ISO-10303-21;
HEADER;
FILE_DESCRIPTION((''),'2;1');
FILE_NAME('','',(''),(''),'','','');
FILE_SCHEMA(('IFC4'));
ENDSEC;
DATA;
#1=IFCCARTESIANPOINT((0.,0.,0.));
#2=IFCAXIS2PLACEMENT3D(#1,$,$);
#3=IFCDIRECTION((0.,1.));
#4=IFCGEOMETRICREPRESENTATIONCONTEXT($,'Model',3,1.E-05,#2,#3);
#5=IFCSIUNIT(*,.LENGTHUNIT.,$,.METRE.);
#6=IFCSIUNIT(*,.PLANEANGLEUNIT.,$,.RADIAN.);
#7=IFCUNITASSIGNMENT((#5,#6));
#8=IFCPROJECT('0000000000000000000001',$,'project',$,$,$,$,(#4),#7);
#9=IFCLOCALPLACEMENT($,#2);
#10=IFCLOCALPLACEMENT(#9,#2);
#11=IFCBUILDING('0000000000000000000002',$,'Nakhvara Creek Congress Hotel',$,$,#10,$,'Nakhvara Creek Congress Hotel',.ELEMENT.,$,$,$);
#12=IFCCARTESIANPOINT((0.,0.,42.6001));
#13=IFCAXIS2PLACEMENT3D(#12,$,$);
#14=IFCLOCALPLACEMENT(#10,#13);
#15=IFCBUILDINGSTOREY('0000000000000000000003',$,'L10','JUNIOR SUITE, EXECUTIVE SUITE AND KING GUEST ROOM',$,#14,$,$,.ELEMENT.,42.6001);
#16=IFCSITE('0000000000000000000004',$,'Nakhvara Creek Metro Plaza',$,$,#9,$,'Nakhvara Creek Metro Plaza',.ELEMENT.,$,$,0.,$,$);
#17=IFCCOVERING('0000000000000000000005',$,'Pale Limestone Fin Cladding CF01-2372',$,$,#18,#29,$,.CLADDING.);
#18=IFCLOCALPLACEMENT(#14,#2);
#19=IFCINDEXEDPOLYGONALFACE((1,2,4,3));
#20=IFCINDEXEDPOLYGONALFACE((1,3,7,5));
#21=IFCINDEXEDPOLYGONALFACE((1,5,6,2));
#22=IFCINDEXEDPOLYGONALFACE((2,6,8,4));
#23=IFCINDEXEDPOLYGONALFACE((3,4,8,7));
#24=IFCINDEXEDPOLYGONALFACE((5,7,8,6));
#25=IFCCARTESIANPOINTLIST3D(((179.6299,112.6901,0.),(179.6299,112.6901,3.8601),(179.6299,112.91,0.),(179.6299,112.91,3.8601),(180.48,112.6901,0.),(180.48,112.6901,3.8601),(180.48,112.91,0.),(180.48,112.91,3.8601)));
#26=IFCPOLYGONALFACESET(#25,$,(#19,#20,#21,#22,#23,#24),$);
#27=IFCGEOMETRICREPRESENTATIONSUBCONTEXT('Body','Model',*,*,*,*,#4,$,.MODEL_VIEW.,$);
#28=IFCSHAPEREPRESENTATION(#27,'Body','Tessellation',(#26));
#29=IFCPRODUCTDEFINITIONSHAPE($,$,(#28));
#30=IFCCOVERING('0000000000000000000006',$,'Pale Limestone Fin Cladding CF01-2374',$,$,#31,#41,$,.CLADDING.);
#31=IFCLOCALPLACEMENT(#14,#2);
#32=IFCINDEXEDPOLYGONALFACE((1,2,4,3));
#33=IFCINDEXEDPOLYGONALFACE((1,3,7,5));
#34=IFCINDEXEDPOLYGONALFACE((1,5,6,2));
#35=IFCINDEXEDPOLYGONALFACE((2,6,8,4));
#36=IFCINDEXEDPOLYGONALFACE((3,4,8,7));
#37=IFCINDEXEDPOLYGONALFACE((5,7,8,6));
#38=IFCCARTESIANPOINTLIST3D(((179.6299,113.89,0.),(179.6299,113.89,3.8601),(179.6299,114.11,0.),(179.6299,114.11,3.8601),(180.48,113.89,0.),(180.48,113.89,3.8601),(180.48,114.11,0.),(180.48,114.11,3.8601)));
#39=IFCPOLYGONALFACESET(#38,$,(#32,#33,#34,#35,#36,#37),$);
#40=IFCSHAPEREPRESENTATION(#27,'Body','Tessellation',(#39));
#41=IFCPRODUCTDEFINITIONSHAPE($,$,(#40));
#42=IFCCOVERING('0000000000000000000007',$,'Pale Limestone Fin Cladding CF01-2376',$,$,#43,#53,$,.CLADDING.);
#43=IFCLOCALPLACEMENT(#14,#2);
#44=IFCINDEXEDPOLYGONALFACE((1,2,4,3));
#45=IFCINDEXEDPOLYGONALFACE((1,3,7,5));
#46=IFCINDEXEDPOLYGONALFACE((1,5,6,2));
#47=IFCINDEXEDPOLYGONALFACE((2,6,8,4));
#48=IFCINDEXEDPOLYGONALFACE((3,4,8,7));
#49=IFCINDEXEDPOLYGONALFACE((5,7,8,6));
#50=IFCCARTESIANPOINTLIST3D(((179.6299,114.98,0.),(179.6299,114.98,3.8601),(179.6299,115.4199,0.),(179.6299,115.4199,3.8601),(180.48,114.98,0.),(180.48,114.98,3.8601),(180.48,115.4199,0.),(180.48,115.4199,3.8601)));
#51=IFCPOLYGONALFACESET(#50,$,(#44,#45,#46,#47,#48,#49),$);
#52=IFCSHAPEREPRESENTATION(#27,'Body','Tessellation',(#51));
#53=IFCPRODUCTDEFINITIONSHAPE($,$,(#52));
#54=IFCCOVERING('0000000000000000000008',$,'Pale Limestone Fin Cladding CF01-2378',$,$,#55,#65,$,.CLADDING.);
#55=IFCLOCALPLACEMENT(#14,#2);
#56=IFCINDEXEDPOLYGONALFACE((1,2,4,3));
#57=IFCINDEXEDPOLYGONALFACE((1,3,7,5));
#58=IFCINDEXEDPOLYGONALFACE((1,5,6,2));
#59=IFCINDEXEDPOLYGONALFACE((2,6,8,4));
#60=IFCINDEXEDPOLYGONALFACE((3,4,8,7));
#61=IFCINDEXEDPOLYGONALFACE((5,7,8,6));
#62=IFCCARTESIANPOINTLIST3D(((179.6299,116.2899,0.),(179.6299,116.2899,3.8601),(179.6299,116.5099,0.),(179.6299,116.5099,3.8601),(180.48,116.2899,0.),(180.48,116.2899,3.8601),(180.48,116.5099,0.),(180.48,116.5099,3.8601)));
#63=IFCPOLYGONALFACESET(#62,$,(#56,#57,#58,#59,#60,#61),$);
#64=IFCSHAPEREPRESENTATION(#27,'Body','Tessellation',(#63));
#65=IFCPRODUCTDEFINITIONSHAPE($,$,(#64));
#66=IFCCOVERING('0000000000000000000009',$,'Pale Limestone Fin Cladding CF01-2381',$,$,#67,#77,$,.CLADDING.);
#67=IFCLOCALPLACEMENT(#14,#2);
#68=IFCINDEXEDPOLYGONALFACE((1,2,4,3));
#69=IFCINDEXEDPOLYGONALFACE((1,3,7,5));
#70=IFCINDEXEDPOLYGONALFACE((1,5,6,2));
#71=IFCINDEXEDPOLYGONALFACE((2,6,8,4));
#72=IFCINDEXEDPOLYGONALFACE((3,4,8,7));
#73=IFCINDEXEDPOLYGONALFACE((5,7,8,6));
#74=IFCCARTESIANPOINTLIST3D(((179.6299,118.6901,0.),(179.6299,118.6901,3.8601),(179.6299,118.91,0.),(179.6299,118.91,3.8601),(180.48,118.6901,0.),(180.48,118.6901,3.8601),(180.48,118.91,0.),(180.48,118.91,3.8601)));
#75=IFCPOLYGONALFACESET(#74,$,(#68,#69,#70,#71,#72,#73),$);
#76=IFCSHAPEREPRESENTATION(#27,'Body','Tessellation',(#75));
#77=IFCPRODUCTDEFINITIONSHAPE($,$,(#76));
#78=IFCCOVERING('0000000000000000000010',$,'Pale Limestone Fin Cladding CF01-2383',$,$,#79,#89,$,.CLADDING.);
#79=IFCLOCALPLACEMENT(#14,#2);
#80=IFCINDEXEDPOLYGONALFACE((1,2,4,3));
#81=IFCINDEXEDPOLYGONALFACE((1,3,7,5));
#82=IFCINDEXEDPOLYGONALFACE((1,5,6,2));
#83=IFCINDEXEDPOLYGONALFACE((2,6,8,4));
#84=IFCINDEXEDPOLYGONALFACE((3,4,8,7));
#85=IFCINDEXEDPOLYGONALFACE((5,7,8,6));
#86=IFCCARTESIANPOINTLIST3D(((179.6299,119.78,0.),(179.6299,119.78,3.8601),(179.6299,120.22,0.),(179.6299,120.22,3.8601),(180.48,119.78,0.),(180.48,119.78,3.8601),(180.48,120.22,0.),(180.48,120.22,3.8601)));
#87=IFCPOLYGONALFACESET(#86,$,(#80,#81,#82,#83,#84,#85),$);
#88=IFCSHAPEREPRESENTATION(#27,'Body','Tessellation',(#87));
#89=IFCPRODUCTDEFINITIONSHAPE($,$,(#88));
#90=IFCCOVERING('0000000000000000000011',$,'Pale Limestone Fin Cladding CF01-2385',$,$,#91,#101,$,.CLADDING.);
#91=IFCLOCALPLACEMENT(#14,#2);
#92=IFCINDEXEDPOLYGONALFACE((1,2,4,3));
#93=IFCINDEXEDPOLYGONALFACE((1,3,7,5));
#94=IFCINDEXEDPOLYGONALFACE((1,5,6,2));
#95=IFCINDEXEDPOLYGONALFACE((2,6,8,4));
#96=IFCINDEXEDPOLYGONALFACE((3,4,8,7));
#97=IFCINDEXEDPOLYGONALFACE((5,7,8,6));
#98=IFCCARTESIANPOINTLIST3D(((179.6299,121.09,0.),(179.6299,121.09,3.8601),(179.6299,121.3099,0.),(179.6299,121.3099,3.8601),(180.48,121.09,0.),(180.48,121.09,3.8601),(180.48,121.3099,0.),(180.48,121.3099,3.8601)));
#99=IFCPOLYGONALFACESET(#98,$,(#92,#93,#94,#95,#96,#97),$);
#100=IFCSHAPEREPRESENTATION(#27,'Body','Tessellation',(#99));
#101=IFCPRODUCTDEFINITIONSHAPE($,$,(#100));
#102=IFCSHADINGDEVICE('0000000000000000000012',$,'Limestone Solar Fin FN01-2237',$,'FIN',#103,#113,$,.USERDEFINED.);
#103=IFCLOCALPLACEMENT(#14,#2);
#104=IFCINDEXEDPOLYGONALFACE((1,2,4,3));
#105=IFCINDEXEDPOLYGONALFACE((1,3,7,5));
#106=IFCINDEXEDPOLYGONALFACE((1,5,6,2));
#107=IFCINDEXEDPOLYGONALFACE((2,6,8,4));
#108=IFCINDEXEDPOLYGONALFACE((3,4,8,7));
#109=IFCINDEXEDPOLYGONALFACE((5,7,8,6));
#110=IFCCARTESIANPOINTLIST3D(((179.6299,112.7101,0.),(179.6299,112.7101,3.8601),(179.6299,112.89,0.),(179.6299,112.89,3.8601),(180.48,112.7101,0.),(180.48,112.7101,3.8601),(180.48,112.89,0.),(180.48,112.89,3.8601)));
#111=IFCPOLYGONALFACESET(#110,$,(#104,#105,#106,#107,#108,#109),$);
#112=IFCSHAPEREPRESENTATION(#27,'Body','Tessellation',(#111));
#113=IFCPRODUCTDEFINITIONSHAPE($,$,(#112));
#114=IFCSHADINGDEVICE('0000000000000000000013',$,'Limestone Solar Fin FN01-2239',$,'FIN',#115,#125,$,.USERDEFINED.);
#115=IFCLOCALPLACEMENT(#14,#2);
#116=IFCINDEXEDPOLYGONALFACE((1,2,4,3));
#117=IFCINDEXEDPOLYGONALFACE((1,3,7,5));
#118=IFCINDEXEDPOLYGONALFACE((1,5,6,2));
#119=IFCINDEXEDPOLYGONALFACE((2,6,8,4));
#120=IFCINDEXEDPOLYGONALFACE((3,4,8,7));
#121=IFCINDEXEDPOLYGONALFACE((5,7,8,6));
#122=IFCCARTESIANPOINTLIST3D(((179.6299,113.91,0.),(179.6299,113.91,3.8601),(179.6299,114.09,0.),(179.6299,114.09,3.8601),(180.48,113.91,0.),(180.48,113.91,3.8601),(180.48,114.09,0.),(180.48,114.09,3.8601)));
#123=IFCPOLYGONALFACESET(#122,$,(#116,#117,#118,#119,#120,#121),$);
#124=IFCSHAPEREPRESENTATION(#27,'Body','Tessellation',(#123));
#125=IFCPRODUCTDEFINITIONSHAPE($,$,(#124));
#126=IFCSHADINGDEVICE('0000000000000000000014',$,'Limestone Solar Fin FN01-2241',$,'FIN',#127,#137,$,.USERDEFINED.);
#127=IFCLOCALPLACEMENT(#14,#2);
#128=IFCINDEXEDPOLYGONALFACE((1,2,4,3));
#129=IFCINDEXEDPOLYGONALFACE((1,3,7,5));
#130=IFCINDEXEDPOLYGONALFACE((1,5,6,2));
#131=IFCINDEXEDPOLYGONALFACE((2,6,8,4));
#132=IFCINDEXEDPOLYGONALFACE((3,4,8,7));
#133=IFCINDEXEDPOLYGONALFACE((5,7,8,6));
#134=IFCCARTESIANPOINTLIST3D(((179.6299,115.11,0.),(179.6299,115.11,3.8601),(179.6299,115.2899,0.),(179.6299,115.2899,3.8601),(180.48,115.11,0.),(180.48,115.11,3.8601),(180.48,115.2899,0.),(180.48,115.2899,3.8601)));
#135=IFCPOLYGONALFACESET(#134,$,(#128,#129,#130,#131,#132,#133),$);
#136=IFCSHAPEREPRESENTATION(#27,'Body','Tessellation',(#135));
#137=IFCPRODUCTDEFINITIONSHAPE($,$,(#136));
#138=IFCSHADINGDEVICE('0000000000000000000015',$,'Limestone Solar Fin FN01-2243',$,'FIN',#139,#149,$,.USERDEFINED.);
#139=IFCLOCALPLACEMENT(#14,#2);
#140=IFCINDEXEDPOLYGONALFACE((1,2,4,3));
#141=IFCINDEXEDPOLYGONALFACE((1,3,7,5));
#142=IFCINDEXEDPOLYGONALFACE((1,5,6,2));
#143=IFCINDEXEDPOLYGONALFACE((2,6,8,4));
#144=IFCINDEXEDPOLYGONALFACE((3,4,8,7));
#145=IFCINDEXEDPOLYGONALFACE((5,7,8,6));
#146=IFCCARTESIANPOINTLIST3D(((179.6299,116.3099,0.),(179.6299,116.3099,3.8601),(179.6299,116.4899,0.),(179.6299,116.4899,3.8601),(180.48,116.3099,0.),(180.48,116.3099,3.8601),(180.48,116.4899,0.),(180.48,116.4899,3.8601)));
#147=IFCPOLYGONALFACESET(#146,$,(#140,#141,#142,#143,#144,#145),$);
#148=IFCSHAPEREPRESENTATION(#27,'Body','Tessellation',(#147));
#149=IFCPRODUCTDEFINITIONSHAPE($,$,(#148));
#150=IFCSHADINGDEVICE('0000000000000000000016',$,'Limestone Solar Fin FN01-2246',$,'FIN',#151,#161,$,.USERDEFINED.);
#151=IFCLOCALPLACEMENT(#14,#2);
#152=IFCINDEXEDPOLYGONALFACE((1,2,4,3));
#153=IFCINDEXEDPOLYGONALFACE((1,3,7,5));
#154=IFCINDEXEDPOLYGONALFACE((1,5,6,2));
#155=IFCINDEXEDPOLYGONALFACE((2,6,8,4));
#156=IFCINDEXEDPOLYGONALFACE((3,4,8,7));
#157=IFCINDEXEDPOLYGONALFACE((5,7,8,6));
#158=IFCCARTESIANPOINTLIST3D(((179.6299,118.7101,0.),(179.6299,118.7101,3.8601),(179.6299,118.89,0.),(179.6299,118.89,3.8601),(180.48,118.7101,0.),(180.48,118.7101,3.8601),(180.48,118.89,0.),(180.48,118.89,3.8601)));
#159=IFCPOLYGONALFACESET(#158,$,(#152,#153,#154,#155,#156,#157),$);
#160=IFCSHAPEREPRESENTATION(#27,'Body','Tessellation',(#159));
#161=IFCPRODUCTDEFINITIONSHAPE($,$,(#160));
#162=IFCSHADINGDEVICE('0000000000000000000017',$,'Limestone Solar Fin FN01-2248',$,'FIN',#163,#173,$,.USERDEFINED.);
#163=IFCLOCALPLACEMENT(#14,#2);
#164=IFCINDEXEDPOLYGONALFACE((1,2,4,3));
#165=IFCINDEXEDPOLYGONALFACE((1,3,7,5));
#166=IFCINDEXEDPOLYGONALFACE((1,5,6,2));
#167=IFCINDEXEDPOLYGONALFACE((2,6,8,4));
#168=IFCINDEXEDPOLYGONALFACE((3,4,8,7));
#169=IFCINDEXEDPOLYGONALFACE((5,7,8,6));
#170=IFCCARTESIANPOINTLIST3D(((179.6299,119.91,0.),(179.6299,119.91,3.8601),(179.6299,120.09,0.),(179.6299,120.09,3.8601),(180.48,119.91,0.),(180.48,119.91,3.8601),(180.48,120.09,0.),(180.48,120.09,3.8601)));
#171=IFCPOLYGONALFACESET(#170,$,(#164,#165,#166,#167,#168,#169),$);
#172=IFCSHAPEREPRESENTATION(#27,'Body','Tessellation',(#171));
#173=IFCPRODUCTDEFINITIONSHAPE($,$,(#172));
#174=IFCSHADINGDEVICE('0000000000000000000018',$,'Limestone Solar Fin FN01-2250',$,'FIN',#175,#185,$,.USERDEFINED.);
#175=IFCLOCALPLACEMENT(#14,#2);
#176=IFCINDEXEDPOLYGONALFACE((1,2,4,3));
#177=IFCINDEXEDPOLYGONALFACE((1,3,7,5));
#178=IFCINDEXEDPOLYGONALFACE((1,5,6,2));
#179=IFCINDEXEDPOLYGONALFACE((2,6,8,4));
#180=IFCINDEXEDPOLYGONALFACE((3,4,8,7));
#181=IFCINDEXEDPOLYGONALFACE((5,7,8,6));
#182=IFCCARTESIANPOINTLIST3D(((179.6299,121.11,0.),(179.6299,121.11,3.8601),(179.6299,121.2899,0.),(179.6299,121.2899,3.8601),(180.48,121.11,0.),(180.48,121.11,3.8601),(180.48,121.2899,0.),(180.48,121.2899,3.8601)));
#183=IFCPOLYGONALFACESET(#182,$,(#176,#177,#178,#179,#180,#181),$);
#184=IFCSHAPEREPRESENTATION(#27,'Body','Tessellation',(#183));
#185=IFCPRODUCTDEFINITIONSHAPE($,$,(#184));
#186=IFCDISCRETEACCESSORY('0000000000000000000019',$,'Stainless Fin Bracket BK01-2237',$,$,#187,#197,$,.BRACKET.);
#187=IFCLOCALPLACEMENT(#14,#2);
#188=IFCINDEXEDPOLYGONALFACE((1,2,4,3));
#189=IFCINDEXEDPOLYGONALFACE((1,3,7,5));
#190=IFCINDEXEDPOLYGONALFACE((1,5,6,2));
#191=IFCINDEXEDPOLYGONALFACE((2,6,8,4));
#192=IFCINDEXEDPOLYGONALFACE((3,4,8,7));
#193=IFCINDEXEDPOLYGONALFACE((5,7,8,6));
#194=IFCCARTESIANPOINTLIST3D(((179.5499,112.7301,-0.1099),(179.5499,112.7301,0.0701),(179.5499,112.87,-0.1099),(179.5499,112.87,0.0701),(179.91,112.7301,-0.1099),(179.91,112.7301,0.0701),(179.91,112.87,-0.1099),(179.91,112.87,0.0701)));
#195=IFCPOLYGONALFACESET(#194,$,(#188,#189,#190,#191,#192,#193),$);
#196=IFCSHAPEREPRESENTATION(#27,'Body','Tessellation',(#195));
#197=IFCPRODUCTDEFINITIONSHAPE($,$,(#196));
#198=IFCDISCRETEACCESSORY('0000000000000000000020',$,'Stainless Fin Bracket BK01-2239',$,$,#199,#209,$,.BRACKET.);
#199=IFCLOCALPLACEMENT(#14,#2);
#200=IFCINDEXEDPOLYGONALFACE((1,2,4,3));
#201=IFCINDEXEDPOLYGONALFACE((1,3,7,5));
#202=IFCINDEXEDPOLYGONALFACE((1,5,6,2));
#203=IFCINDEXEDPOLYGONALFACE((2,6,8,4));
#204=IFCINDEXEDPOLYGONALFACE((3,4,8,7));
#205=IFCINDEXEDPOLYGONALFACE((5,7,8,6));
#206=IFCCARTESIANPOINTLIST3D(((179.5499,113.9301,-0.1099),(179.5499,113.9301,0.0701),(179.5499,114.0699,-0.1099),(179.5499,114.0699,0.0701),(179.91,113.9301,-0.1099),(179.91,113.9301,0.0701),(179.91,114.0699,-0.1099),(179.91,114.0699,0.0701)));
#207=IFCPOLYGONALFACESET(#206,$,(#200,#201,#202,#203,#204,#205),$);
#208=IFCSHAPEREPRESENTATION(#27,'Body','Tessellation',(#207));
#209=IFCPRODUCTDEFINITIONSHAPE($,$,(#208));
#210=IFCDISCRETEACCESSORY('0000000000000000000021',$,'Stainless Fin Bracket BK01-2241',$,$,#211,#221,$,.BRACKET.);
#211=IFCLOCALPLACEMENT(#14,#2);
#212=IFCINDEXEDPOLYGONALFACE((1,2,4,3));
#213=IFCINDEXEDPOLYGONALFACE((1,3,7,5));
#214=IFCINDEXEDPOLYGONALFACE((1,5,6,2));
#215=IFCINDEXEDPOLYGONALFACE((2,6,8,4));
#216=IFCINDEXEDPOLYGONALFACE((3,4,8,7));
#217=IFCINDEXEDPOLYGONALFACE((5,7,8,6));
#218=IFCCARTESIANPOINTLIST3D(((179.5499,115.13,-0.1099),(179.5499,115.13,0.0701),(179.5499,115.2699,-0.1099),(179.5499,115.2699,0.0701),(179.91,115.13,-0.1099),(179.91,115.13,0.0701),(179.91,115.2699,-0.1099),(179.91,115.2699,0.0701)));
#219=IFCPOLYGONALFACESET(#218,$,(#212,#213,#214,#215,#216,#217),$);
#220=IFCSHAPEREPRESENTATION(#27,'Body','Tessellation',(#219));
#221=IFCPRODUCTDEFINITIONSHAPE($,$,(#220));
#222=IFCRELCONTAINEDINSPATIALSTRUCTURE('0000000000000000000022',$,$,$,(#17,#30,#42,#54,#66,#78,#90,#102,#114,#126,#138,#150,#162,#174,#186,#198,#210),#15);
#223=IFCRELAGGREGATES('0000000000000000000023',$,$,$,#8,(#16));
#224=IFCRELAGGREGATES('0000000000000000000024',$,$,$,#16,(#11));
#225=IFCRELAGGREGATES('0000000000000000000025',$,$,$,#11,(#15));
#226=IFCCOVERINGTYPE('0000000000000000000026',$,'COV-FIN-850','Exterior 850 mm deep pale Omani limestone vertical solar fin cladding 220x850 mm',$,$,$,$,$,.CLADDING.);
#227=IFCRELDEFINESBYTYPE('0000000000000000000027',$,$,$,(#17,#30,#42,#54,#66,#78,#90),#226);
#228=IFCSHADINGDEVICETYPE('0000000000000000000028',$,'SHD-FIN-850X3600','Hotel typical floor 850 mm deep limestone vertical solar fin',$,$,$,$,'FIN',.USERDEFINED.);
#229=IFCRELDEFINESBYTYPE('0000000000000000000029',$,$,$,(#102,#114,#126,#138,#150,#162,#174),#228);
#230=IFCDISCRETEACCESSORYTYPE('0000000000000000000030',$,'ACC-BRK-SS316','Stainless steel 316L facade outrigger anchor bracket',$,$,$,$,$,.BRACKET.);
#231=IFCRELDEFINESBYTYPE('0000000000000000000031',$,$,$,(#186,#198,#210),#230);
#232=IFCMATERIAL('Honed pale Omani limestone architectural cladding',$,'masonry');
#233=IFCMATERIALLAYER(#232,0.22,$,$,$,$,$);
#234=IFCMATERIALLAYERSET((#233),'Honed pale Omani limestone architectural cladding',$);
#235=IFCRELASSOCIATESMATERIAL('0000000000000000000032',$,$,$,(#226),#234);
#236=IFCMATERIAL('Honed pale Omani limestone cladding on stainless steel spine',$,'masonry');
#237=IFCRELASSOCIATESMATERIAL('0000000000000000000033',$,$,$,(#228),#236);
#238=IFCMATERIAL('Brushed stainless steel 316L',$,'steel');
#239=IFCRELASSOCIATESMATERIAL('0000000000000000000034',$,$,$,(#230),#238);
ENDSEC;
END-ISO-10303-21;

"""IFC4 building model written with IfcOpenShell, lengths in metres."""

from ifc_helpers import new_model, si_unit, direction, frame, origin, origin_2d, place, context, subcontext, project, spatial, rectangle, extrude, material, layer, layer_set, type_object, element, save


model = new_model("IFC4")

# Units and contexts
model_context = context("Model", 3, precision=1e-05, world=origin(), true_north=direction((0.0, 1.0)))
body_context = subcontext(model_context, "Body", "Model", "MODEL_VIEW")
ifc_project = project(units=[si_unit("LENGTHUNIT", "METRE"), si_unit("PLANEANGLEUNIT", "RADIAN")], contexts=[model_context])

# Site, building, storey
site_placement = place(None, origin())
site = spatial("IfcSite", under=ifc_project, at=site_placement, Name="Nakhvara Creek Metro Plaza", LongName="Nakhvara Creek Metro Plaza", CompositionType="ELEMENT", RefElevation=0.0)
building_placement = place(site_placement, origin())
building = spatial("IfcBuilding", under=site, at=building_placement, Name="Nakhvara Creek Congress Hotel", LongName="Nakhvara Creek Congress Hotel", CompositionType="ELEMENT")
storey_placement = place(building_placement, frame((0.0, 0.0, 42.6001)))
storey = spatial("IfcBuildingStorey", under=building, at=storey_placement, Name="L10", Description="JUNIOR SUITE, EXECUTIVE SUITE AND KING GUEST ROOM", CompositionType="ELEMENT", Elevation=42.6001)

# Coverings
ifc_material_1 = material(Name="Honed pale Omani limestone architectural cladding", Category="masonry")
ifc_layer_1 = layer(ifc_material_1, 0.22)
ifc_layer_set_1 = layer_set([ifc_layer_1], Name="Honed pale Omani limestone architectural cladding")
covering_type = type_object("IfcCoveringType", Name="COV-FIN-850", Description="Exterior 850 mm deep pale Omani limestone vertical solar fin cladding 220x850 mm", PredefinedType="CLADDING", material=ifc_layer_set_1)
for number, where, z_axis, x_axis, name in (
    (1, (180.0549, 112.8, 0.0), (0.0, 0.0, 1.0), (0.0, 1.0, 0.0), "Pale Limestone Fin Cladding CF01-2372"),
    (2, (180.0549, 114.0, 0.0), (0.0, 0.0, 1.0), (0.0, 1.0, 0.0), "Pale Limestone Fin Cladding CF01-2374"),
):
    element("IfcCovering", number, at=place(storey_placement, frame(where, z_axis=z_axis, x_axis=x_axis)), inside=storey, type_object=covering_type, Name=name, PredefinedType="CLADDING", context=body_context, shape_type="SweptSolid", body=[
        extrude(rectangle(XDim=0.22, YDim=0.8501, at=origin_2d()), origin(), (0.0, 0.0, 1.0), 3.8601),
    ])
covering_1_placement = place(storey_placement, frame((180.0549, 115.2, 0.0), z_axis=(0.0, 0.0, 1.0), x_axis=(0.0, 1.0, 0.0)))
element("IfcCovering", 3, at=covering_1_placement, inside=storey, type_object=covering_type, Name="Pale Limestone Fin Cladding CF01-2376", PredefinedType="CLADDING", context=body_context, shape_type="SweptSolid", body=[
    extrude(rectangle(XDim=0.4399, YDim=0.8501, at=origin_2d()), origin(), (0.0, 0.0, 1.0), 3.8601),
])
for number, where, z_axis, x_axis, name in (
    (4, (180.0549, 116.3999, 0.0), (0.0, 0.0, 1.0), (0.0, 1.0, 0.0), "Pale Limestone Fin Cladding CF01-2378"),
    (5, (180.0549, 118.8, 0.0), (0.0, 0.0, 1.0), (0.0, 1.0, 0.0), "Pale Limestone Fin Cladding CF01-2381"),
):
    element("IfcCovering", number, at=place(storey_placement, frame(where, z_axis=z_axis, x_axis=x_axis)), inside=storey, type_object=covering_type, Name=name, PredefinedType="CLADDING", context=body_context, shape_type="SweptSolid", body=[
        extrude(rectangle(XDim=0.22, YDim=0.8501, at=origin_2d()), origin(), (0.0, 0.0, 1.0), 3.8601),
    ])
covering_2_placement = place(storey_placement, frame((180.0549, 120.0, 0.0), z_axis=(0.0, 0.0, 1.0), x_axis=(0.0, 1.0, 0.0)))
element("IfcCovering", 6, at=covering_2_placement, inside=storey, type_object=covering_type, Name="Pale Limestone Fin Cladding CF01-2383", PredefinedType="CLADDING", context=body_context, shape_type="SweptSolid", body=[
    extrude(rectangle(XDim=0.4399, YDim=0.8501, at=origin_2d()), origin(), (0.0, 0.0, 1.0), 3.8601),
])
covering_3_placement = place(storey_placement, frame((180.0549, 121.2, 0.0), z_axis=(0.0, 0.0, 1.0), x_axis=(0.0, 1.0, 0.0)))
element("IfcCovering", 7, at=covering_3_placement, inside=storey, type_object=covering_type, Name="Pale Limestone Fin Cladding CF01-2385", PredefinedType="CLADDING", context=body_context, shape_type="SweptSolid", body=[
    extrude(rectangle(XDim=0.22, YDim=0.8501, at=origin_2d()), origin(), (0.0, 0.0, 1.0), 3.8601),
])

# Shading devices
ifc_material_2 = material(Name="Honed pale Omani limestone cladding on stainless steel spine", Category="masonry")
shading_device_type = type_object("IfcShadingDeviceType", Name="SHD-FIN-850X3600", Description="Hotel typical floor 850 mm deep limestone vertical solar fin", ElementType="FIN", PredefinedType="USERDEFINED", material=ifc_material_2)
for number, where, z_axis, x_axis, name in (
    (8, (180.0549, 112.8, 0.0), (0.0, 0.0, 1.0), (0.0, 1.0, 0.0), "Limestone Solar Fin FN01-2237"),
    (9, (180.0549, 114.0, 0.0), (0.0, 0.0, 1.0), (0.0, 1.0, 0.0), "Limestone Solar Fin FN01-2239"),
    (10, (180.0549, 115.2, 0.0), (0.0, 0.0, 1.0), (0.0, 1.0, 0.0), "Limestone Solar Fin FN01-2241"),
    (11, (180.0549, 116.3999, 0.0), (0.0, 0.0, 1.0), (0.0, 1.0, 0.0), "Limestone Solar Fin FN01-2243"),
    (12, (180.0549, 118.8, 0.0), (0.0, 0.0, 1.0), (0.0, 1.0, 0.0), "Limestone Solar Fin FN01-2246"),
    (13, (180.0549, 120.0, 0.0), (0.0, 0.0, 1.0), (0.0, 1.0, 0.0), "Limestone Solar Fin FN01-2248"),
    (14, (180.0549, 121.2, 0.0), (0.0, 0.0, 1.0), (0.0, 1.0, 0.0), "Limestone Solar Fin FN01-2250"),
):
    element("IfcShadingDevice", number, at=place(storey_placement, frame(where, z_axis=z_axis, x_axis=x_axis)), inside=storey, type_object=shading_device_type, Name=name, ObjectType="FIN", PredefinedType="USERDEFINED", context=body_context, shape_type="SweptSolid", body=[
        extrude(rectangle(XDim=0.1799, YDim=0.8501, at=origin_2d()), origin(), (0.0, 0.0, 1.0), 3.8601),
    ])

# Discrete accessories
ifc_material_3 = material(Name="Brushed stainless steel 316L", Category="steel")
discrete_accessory_type = type_object("IfcDiscreteAccessoryType", Name="ACC-BRK-SS316", Description="Stainless steel 316L facade outrigger anchor bracket", PredefinedType="BRACKET", material=ifc_material_3)
for number, where, z_axis, x_axis, name in (
    (15, (179.73, 112.8, -0.1099), (0.0, 0.0, 1.0), (0.0, 1.0, 0.0), "Stainless Fin Bracket BK01-2237"),
    (16, (179.73, 114.0, -0.1099), (0.0, 0.0, 1.0), (0.0, 1.0, 0.0), "Stainless Fin Bracket BK01-2239"),
    (17, (179.73, 115.2, -0.1099), (0.0, 0.0, 1.0), (0.0, 1.0, 0.0), "Stainless Fin Bracket BK01-2241"),
):
    element("IfcDiscreteAccessory", number, at=place(storey_placement, frame(where, z_axis=z_axis, x_axis=x_axis)), inside=storey, type_object=discrete_accessory_type, Name=name, PredefinedType="BRACKET", context=body_context, shape_type="SweptSolid", body=[
        extrude(rectangle(XDim=0.1399, YDim=0.3601, at=origin_2d()), origin(), (0.0, 0.0, 1.0), 0.1799),
    ])

save(model, "model.ifc")
